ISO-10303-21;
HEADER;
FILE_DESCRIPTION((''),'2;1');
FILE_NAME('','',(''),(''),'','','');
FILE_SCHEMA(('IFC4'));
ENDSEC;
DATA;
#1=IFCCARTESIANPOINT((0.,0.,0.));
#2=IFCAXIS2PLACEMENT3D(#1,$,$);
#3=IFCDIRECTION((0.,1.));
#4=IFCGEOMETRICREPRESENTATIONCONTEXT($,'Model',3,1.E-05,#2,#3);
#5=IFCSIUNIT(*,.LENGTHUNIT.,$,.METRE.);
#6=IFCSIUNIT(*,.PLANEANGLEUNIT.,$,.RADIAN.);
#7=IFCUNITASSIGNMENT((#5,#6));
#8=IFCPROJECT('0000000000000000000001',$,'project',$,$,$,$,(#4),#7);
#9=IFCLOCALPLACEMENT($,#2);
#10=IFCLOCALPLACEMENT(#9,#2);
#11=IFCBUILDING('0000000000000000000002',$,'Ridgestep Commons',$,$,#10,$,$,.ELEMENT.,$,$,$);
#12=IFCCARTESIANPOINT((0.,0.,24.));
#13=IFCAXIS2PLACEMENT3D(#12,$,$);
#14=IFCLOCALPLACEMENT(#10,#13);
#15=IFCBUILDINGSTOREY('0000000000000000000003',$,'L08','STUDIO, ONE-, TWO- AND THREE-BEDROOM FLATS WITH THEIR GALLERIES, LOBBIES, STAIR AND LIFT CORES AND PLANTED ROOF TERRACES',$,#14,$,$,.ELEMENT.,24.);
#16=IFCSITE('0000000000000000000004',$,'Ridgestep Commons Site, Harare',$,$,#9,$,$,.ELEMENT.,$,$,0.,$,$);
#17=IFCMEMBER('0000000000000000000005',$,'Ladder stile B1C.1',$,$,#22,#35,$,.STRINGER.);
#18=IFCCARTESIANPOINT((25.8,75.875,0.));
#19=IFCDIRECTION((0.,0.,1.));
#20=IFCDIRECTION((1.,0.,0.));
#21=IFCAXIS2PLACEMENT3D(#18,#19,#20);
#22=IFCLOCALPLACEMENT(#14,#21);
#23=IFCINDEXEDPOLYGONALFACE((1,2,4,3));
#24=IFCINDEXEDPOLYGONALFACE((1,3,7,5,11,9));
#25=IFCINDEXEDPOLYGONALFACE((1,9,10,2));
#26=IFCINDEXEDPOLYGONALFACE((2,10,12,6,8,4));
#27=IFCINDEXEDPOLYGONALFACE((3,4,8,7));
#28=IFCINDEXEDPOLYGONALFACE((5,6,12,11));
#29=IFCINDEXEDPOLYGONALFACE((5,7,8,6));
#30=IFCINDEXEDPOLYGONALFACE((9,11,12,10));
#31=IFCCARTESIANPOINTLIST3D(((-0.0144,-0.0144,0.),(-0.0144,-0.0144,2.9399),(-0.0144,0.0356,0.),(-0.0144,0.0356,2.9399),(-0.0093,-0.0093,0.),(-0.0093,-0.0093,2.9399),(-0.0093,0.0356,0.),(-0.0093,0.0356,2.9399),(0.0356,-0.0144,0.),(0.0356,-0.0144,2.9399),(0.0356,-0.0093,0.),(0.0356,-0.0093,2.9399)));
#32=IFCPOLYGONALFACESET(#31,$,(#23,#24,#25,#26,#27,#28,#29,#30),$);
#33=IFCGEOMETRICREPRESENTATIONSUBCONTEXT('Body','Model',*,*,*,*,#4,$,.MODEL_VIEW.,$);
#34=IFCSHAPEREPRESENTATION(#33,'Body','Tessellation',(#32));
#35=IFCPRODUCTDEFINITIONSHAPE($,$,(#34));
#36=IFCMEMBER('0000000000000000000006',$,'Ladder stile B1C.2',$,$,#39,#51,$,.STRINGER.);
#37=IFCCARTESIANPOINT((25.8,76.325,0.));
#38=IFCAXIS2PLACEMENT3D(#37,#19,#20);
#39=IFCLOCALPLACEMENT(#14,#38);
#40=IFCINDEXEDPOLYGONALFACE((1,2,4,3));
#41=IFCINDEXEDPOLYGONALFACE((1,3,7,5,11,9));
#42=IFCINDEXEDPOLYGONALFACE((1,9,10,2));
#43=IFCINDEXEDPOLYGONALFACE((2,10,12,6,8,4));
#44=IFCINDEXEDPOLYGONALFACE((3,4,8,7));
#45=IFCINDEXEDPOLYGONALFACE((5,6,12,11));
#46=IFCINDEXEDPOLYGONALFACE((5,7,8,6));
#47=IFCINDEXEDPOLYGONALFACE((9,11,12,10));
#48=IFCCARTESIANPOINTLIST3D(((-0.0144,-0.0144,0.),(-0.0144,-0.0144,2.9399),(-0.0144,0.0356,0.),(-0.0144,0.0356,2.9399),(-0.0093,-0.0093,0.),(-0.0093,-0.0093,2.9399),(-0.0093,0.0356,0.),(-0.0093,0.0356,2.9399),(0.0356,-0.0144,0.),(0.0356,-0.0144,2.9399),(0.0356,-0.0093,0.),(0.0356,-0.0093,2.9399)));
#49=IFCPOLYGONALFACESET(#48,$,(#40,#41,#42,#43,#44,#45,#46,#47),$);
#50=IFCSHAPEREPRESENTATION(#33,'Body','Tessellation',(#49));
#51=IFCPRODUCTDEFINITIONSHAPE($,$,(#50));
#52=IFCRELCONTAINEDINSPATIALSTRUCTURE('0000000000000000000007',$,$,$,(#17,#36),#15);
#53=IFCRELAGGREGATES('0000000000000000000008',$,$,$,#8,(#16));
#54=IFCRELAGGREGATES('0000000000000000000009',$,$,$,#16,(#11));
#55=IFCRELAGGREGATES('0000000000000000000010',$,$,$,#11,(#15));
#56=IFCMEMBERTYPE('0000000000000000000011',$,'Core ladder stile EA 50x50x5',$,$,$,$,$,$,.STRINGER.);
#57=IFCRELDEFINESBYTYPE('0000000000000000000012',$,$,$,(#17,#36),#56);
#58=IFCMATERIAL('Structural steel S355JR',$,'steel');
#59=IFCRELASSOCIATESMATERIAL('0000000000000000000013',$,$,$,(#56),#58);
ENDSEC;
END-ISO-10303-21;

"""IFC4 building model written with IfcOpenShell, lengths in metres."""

from ifc_helpers import new_model, si_unit, direction, frame, origin, place, context, subcontext, project, spatial, polyline, outline, extrude, material, material_profile, profile_set, type_object, element, save


model = new_model("IFC4")

# Units and contexts
model_context = context("Model", 3, precision=1e-05, world=origin(), true_north=direction((0.0, 1.0)))
body_context = subcontext(model_context, "Body", "Model", "MODEL_VIEW")
ifc_project = project(units=[si_unit("LENGTHUNIT", "METRE"), si_unit("PLANEANGLEUNIT", "RADIAN")], contexts=[model_context])

# Site, building, storey
site_placement = place(None, origin())
site = spatial("IfcSite", under=ifc_project, at=site_placement, Name="Ridgestep Commons Site, Harare", CompositionType="ELEMENT", RefElevation=0.0)
building_placement = place(site_placement, origin())
building = spatial("IfcBuilding", under=site, at=building_placement, Name="Ridgestep Commons", CompositionType="ELEMENT")
storey_placement = place(building_placement, frame((0.0, 0.0, 24.0)))
storey = spatial("IfcBuildingStorey", under=building, at=storey_placement, Name="L08", Description="STUDIO, ONE-, TWO- AND THREE-BEDROOM FLATS WITH THEIR GALLERIES, LOBBIES, STAIR AND LIFT CORES AND PLANTED ROOF TERRACES", CompositionType="ELEMENT", Elevation=24.0)

# Members
ifc_material_1 = material(Name="Structural steel S355JR", Category="steel")
ifc_material_profile_1 = material_profile(ifc_material_1, outline(polyline([(-0.0144, -0.0144), (0.0356, -0.0144), (0.0356, -0.0093), (-0.0093, -0.0093), (-0.0093, 0.0356), (-0.0144, 0.0356), (-0.0144, -0.0144)])), Name="EA 50x50x5")
ifc_profile_set_1 = profile_set([ifc_material_profile_1], Name="Structural steel S355JR")
member_type_1 = type_object("IfcMemberType", Name="Core ladder stile EA 50x50x5", PredefinedType="STRINGER", material=ifc_profile_set_1)
for number, where, z_axis, x_axis, name in (
    (1, (25.8, 75.875, 0.0), (0.0, 0.0, 1.0), (1.0, 0.0, 0.0), "Ladder stile B1C.1"),
    (2, (25.8, 76.325, 0.0), (0.0, 0.0, 1.0), (1.0, 0.0, 0.0), "Ladder stile B1C.2"),
):
    element("IfcMember", number, at=place(storey_placement, frame(where, z_axis=z_axis, x_axis=x_axis)), inside=storey, type_object=member_type_1, Name=name, PredefinedType="STRINGER", context=body_context, shape_type="SweptSolid", body=[
        extrude(outline(polyline([(-0.0144, -0.0144), (0.0356, -0.0144), (0.0356, -0.0093), (-0.0093, -0.0093), (-0.0093, 0.0356), (-0.0144, 0.0356), (-0.0144, -0.0144)])), origin(), (0.0, 0.0, 1.0), 2.9399),
    ])

save(model, "model.ifc")
